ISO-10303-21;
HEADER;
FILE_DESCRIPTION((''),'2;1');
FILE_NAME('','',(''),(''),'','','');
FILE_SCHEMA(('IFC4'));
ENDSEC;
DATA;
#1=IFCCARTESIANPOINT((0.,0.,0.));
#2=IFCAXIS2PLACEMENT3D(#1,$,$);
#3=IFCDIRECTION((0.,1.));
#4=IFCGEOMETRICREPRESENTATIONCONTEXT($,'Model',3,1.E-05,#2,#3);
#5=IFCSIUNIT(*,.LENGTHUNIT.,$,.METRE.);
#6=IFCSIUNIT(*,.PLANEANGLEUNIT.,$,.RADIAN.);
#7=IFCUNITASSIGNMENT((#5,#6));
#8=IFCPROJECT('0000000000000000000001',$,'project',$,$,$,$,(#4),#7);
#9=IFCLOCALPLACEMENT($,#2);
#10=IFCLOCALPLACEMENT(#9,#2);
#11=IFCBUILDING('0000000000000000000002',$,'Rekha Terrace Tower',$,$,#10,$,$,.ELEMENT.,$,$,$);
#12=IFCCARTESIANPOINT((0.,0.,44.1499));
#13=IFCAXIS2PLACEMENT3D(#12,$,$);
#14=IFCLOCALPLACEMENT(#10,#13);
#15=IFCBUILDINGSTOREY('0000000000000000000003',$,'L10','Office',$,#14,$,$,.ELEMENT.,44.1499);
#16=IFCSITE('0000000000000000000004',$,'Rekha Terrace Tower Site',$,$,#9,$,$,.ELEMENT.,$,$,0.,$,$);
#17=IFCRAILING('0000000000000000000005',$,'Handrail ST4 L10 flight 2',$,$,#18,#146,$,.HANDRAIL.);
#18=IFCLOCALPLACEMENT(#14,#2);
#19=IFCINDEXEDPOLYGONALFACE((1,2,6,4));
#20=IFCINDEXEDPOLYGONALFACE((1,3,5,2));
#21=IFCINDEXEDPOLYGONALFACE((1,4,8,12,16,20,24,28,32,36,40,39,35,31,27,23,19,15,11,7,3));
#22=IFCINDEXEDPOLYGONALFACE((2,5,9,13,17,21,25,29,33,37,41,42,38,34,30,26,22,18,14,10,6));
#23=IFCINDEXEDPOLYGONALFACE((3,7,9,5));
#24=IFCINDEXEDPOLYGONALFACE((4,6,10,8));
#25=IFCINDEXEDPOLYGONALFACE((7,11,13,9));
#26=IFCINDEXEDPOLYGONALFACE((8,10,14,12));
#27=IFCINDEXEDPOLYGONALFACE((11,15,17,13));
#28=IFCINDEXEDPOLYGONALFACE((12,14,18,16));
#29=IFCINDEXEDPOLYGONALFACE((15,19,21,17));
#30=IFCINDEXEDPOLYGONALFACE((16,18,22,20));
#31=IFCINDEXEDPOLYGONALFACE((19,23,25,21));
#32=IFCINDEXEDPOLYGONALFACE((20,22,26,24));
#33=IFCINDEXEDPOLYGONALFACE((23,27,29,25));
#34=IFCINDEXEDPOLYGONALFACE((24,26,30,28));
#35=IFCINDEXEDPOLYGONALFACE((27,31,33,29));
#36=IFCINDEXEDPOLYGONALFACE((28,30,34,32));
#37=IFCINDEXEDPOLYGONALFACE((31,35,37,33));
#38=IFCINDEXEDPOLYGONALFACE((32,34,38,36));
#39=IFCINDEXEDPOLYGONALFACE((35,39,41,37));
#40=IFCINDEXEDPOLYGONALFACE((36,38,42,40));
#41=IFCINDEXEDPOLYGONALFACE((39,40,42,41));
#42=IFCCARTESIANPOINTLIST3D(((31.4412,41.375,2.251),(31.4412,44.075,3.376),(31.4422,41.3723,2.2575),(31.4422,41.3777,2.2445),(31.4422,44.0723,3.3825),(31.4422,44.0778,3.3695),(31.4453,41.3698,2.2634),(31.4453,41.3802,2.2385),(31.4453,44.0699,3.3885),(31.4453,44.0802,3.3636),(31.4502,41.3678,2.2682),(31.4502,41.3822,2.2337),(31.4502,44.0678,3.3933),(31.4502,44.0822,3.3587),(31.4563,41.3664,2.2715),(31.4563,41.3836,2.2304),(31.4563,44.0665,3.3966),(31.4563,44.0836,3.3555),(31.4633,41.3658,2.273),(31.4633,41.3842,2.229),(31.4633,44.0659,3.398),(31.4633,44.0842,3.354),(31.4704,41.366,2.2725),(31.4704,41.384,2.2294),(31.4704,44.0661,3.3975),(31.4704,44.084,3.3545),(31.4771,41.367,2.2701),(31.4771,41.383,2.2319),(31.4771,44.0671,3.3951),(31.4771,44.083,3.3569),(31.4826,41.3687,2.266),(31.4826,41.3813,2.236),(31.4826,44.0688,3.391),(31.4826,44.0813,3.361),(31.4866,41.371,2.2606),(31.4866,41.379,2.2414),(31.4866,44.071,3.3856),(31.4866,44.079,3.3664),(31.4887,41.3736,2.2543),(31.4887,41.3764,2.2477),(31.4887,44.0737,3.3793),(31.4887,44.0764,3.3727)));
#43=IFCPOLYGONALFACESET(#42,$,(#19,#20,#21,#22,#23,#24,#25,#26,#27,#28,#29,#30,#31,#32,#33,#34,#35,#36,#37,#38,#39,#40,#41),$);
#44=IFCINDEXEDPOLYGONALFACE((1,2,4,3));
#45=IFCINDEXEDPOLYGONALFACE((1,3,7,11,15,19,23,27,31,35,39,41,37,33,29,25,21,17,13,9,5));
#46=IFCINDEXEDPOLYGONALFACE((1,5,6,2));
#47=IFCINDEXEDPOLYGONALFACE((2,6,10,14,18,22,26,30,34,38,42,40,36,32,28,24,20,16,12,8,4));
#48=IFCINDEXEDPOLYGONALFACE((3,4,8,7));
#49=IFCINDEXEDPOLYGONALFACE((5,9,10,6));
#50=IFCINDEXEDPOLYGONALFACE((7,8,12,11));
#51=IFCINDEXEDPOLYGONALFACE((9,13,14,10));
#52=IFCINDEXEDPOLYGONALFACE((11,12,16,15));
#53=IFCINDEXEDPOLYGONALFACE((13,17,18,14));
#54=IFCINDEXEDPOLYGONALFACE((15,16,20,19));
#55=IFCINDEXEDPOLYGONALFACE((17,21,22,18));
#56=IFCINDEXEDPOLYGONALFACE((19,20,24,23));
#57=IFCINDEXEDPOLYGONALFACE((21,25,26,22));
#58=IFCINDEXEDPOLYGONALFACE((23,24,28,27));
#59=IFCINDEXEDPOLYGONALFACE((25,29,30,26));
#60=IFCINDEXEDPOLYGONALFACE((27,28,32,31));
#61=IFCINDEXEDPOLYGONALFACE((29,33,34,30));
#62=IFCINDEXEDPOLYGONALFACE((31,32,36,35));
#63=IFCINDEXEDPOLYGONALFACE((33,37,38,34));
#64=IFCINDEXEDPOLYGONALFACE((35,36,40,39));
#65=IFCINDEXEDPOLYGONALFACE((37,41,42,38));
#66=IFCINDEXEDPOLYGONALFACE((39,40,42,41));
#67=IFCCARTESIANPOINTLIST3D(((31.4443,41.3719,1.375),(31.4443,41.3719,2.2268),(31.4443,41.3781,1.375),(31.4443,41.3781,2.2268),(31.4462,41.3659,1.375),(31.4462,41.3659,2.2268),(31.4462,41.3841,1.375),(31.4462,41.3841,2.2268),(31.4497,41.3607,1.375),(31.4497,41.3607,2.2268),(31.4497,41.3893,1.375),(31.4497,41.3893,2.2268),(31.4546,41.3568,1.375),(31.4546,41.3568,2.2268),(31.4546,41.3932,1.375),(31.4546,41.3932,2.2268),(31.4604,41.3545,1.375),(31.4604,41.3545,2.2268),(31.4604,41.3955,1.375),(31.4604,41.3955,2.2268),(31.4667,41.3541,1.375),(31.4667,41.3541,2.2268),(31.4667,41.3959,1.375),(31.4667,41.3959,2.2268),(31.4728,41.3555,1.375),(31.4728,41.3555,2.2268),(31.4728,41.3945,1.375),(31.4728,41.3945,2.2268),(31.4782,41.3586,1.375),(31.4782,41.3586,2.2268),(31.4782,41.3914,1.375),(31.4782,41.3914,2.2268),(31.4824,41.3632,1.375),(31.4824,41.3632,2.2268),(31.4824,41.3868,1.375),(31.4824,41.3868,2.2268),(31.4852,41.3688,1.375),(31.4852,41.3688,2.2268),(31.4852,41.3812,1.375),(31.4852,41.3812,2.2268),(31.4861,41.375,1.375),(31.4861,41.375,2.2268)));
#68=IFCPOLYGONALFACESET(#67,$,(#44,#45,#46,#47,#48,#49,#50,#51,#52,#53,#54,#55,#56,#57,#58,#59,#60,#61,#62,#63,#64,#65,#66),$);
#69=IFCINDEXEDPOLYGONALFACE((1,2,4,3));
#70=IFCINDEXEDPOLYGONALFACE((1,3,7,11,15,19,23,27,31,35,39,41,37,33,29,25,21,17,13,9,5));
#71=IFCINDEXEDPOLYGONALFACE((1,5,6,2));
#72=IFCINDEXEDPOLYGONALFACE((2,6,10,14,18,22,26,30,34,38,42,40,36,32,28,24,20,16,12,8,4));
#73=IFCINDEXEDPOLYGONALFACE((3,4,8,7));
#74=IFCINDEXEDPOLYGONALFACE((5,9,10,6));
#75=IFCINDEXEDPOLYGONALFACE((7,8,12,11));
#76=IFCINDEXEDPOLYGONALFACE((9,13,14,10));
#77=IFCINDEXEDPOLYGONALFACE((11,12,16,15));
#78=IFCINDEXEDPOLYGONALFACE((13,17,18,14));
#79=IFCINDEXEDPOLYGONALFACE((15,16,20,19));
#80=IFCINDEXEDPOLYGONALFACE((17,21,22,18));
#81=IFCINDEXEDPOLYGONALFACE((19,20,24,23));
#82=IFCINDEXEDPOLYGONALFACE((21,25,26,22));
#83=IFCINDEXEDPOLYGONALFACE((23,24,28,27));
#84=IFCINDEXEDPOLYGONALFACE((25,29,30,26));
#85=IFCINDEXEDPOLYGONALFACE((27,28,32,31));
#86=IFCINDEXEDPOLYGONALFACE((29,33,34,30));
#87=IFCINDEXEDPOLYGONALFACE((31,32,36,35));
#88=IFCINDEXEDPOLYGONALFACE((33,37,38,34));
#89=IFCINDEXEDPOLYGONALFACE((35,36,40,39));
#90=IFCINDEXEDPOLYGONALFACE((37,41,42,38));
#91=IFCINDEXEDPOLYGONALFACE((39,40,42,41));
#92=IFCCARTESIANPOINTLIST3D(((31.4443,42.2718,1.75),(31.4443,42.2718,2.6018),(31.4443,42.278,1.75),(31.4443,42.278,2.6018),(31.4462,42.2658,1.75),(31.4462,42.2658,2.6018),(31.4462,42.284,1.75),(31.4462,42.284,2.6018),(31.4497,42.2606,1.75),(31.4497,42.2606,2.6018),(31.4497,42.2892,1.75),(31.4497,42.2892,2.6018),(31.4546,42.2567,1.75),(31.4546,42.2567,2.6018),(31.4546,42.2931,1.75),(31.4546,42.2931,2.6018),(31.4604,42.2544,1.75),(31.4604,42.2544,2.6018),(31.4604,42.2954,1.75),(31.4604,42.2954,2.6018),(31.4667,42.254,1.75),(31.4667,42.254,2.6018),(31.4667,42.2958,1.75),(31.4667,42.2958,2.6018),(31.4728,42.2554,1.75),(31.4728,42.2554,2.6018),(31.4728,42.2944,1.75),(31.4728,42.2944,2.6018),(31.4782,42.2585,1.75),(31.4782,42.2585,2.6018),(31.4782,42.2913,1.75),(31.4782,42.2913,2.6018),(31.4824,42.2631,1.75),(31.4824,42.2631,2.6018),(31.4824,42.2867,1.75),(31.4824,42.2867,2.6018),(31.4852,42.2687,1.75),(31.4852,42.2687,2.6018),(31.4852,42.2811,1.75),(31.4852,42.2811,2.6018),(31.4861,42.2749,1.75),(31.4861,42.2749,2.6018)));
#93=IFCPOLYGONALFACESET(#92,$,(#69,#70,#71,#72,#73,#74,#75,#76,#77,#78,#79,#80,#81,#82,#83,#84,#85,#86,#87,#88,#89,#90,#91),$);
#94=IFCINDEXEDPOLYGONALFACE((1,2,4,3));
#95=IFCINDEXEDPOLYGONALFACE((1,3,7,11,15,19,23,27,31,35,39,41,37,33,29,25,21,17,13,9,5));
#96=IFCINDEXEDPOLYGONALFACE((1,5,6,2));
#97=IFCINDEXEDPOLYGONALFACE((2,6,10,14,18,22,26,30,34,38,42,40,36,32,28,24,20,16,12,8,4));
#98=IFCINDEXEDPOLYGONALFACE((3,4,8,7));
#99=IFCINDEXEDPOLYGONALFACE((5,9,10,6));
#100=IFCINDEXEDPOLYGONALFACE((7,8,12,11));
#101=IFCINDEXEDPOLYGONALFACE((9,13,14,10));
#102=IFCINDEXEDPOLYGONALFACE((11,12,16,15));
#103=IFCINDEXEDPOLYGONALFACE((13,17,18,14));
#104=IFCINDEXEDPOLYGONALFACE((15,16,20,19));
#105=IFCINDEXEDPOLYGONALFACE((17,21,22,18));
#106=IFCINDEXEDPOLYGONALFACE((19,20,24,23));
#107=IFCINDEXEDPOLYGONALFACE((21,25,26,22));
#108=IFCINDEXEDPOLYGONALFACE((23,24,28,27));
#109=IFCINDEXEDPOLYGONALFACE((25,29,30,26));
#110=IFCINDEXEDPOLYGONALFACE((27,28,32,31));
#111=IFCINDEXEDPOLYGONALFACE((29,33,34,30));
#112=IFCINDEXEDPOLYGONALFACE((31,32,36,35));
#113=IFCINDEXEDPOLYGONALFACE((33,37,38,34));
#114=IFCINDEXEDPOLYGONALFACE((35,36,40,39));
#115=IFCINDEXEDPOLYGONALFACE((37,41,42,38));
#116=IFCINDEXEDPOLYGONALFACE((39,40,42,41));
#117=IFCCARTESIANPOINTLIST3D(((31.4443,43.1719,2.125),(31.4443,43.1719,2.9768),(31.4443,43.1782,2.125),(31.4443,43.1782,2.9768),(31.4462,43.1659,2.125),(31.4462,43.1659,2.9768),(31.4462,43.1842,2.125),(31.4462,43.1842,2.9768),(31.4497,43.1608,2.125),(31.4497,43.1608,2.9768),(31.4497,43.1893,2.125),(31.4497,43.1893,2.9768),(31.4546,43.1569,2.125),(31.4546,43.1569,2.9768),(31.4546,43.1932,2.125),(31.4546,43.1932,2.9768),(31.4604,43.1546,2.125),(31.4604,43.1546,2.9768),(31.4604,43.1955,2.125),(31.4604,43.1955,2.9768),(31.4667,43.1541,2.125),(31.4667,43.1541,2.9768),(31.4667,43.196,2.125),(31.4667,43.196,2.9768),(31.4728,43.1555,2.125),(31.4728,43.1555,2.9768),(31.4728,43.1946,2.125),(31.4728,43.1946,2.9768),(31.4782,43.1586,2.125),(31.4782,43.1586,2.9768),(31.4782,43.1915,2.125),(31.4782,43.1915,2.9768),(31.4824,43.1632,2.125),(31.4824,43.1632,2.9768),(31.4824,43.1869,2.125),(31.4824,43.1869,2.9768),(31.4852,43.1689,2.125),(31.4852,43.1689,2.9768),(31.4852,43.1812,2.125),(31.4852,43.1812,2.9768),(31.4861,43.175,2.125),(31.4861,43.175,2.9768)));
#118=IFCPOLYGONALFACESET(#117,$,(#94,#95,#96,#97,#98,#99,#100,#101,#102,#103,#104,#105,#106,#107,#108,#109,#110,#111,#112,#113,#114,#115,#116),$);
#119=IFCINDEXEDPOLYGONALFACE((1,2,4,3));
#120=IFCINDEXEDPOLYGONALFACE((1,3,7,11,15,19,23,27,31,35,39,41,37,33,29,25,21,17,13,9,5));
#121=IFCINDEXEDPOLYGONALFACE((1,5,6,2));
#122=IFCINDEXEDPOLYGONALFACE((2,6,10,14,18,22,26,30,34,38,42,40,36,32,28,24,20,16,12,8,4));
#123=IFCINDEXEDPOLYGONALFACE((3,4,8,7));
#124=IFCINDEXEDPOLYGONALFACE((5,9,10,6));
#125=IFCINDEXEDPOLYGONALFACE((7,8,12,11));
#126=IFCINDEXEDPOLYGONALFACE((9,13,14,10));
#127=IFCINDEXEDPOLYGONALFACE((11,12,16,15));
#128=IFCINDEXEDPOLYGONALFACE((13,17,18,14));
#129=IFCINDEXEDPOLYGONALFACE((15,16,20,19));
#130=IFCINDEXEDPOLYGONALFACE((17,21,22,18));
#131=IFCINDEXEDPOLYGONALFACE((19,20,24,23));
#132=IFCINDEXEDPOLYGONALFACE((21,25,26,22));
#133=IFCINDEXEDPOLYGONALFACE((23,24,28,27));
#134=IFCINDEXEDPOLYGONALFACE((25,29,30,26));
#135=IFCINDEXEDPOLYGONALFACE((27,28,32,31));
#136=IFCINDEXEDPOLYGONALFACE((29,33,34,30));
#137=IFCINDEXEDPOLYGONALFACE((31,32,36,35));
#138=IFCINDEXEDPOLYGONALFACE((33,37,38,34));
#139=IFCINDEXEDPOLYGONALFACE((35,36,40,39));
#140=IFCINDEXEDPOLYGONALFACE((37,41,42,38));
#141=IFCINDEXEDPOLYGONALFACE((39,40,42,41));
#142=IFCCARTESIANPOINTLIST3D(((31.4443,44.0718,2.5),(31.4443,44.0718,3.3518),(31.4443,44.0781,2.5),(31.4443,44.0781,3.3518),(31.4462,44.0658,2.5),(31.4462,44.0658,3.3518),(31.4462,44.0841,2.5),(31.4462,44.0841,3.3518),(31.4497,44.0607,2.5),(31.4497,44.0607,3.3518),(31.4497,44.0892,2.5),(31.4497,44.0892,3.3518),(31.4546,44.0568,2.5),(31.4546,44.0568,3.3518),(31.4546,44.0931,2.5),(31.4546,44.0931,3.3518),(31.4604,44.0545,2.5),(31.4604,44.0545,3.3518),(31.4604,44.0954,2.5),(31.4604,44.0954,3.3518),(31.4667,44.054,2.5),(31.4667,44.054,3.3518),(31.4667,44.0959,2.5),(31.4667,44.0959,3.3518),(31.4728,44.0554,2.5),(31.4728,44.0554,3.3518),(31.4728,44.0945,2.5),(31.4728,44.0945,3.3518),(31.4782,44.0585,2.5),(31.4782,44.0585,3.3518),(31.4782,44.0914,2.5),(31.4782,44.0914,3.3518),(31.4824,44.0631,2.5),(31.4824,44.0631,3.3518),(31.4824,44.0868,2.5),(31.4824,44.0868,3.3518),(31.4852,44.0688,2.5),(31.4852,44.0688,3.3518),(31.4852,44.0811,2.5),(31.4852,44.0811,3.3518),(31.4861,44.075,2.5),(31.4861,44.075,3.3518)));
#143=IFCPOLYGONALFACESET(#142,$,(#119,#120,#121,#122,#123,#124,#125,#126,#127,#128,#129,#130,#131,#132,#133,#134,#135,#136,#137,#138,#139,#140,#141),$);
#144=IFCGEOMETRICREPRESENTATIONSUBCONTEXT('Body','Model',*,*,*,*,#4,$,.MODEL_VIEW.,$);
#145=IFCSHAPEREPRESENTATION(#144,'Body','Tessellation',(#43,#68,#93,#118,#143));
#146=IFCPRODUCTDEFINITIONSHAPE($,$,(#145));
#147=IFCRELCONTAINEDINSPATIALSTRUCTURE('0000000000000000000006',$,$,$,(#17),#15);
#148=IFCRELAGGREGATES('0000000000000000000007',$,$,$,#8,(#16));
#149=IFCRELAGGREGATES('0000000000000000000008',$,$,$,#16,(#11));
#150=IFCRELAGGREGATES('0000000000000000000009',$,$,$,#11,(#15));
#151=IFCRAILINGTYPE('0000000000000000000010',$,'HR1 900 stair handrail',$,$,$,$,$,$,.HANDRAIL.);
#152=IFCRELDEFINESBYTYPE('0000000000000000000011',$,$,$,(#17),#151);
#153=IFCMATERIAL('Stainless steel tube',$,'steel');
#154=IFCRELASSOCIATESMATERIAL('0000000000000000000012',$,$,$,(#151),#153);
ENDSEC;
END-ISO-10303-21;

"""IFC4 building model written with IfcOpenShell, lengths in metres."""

from ifc_helpers import new_model, si_unit, direction, frame, origin, origin_2d, place, context, subcontext, project, spatial, circle, extrude, material, type_object, element, save


model = new_model("IFC4")

# Units and contexts
model_context = context("Model", 3, precision=1e-05, world=origin(), true_north=direction((0.0, 1.0)))
body_context = subcontext(model_context, "Body", "Model", "MODEL_VIEW")
ifc_project = project(units=[si_unit("LENGTHUNIT", "METRE"), si_unit("PLANEANGLEUNIT", "RADIAN")], contexts=[model_context])

# Site, building, storey
site_placement = place(None, origin())
site = spatial("IfcSite", under=ifc_project, at=site_placement, Name="Rekha Terrace Tower Site", CompositionType="ELEMENT", RefElevation=0.0)
building_placement = place(site_placement, origin())
building = spatial("IfcBuilding", under=site, at=building_placement, Name="Rekha Terrace Tower", CompositionType="ELEMENT")
storey_placement = place(building_placement, frame((0.0, 0.0, 44.1499)))
storey = spatial("IfcBuildingStorey", under=building, at=storey_placement, Name="L10", Description="Office", CompositionType="ELEMENT", Elevation=44.1499)

# Railing
ifc_material_1 = material(Name="Stainless steel tube", Category="steel")
railing_type_1 = type_object("IfcRailingType", Name="HR1 900 stair handrail", PredefinedType="HANDRAIL", material=ifc_material_1)
railing_1_placement = place(storey_placement, frame((31.4651, 41.375, 1.375)))
element("IfcRailing", 1, at=railing_1_placement, inside=storey, type_object=railing_type_1, Name="Handrail ST4 L10 flight 2", PredefinedType="HANDRAIL", context=body_context, shape_type="SweptSolid", body=[
    extrude(circle(Radius=0.0239, at=origin_2d()), frame((0.0, 0.0, 0.876), z_axis=(0.0, 0.923074, 0.384621), x_axis=(-1.0, 0.0, 0.0)), (0.0, 0.0, 1.0), 2.925),
    extrude(circle(Radius=0.021, at=origin_2d()), origin(), (0.0, 0.0, 1.0), 0.8518),
    extrude(circle(Radius=0.021, at=origin_2d()), frame((0.0, 0.8999, 0.375)), (0.0, 0.0, 1.0), 0.8518),
    extrude(circle(Radius=0.021, at=origin_2d()), frame((0.0, 1.8, 0.75)), (0.0, 0.0, 1.0), 0.8518),
    extrude(circle(Radius=0.021, at=origin_2d()), frame((0.0, 2.7, 1.125)), (0.0, 0.0, 1.0), 0.8518),
])

save(model, "model.ifc")
